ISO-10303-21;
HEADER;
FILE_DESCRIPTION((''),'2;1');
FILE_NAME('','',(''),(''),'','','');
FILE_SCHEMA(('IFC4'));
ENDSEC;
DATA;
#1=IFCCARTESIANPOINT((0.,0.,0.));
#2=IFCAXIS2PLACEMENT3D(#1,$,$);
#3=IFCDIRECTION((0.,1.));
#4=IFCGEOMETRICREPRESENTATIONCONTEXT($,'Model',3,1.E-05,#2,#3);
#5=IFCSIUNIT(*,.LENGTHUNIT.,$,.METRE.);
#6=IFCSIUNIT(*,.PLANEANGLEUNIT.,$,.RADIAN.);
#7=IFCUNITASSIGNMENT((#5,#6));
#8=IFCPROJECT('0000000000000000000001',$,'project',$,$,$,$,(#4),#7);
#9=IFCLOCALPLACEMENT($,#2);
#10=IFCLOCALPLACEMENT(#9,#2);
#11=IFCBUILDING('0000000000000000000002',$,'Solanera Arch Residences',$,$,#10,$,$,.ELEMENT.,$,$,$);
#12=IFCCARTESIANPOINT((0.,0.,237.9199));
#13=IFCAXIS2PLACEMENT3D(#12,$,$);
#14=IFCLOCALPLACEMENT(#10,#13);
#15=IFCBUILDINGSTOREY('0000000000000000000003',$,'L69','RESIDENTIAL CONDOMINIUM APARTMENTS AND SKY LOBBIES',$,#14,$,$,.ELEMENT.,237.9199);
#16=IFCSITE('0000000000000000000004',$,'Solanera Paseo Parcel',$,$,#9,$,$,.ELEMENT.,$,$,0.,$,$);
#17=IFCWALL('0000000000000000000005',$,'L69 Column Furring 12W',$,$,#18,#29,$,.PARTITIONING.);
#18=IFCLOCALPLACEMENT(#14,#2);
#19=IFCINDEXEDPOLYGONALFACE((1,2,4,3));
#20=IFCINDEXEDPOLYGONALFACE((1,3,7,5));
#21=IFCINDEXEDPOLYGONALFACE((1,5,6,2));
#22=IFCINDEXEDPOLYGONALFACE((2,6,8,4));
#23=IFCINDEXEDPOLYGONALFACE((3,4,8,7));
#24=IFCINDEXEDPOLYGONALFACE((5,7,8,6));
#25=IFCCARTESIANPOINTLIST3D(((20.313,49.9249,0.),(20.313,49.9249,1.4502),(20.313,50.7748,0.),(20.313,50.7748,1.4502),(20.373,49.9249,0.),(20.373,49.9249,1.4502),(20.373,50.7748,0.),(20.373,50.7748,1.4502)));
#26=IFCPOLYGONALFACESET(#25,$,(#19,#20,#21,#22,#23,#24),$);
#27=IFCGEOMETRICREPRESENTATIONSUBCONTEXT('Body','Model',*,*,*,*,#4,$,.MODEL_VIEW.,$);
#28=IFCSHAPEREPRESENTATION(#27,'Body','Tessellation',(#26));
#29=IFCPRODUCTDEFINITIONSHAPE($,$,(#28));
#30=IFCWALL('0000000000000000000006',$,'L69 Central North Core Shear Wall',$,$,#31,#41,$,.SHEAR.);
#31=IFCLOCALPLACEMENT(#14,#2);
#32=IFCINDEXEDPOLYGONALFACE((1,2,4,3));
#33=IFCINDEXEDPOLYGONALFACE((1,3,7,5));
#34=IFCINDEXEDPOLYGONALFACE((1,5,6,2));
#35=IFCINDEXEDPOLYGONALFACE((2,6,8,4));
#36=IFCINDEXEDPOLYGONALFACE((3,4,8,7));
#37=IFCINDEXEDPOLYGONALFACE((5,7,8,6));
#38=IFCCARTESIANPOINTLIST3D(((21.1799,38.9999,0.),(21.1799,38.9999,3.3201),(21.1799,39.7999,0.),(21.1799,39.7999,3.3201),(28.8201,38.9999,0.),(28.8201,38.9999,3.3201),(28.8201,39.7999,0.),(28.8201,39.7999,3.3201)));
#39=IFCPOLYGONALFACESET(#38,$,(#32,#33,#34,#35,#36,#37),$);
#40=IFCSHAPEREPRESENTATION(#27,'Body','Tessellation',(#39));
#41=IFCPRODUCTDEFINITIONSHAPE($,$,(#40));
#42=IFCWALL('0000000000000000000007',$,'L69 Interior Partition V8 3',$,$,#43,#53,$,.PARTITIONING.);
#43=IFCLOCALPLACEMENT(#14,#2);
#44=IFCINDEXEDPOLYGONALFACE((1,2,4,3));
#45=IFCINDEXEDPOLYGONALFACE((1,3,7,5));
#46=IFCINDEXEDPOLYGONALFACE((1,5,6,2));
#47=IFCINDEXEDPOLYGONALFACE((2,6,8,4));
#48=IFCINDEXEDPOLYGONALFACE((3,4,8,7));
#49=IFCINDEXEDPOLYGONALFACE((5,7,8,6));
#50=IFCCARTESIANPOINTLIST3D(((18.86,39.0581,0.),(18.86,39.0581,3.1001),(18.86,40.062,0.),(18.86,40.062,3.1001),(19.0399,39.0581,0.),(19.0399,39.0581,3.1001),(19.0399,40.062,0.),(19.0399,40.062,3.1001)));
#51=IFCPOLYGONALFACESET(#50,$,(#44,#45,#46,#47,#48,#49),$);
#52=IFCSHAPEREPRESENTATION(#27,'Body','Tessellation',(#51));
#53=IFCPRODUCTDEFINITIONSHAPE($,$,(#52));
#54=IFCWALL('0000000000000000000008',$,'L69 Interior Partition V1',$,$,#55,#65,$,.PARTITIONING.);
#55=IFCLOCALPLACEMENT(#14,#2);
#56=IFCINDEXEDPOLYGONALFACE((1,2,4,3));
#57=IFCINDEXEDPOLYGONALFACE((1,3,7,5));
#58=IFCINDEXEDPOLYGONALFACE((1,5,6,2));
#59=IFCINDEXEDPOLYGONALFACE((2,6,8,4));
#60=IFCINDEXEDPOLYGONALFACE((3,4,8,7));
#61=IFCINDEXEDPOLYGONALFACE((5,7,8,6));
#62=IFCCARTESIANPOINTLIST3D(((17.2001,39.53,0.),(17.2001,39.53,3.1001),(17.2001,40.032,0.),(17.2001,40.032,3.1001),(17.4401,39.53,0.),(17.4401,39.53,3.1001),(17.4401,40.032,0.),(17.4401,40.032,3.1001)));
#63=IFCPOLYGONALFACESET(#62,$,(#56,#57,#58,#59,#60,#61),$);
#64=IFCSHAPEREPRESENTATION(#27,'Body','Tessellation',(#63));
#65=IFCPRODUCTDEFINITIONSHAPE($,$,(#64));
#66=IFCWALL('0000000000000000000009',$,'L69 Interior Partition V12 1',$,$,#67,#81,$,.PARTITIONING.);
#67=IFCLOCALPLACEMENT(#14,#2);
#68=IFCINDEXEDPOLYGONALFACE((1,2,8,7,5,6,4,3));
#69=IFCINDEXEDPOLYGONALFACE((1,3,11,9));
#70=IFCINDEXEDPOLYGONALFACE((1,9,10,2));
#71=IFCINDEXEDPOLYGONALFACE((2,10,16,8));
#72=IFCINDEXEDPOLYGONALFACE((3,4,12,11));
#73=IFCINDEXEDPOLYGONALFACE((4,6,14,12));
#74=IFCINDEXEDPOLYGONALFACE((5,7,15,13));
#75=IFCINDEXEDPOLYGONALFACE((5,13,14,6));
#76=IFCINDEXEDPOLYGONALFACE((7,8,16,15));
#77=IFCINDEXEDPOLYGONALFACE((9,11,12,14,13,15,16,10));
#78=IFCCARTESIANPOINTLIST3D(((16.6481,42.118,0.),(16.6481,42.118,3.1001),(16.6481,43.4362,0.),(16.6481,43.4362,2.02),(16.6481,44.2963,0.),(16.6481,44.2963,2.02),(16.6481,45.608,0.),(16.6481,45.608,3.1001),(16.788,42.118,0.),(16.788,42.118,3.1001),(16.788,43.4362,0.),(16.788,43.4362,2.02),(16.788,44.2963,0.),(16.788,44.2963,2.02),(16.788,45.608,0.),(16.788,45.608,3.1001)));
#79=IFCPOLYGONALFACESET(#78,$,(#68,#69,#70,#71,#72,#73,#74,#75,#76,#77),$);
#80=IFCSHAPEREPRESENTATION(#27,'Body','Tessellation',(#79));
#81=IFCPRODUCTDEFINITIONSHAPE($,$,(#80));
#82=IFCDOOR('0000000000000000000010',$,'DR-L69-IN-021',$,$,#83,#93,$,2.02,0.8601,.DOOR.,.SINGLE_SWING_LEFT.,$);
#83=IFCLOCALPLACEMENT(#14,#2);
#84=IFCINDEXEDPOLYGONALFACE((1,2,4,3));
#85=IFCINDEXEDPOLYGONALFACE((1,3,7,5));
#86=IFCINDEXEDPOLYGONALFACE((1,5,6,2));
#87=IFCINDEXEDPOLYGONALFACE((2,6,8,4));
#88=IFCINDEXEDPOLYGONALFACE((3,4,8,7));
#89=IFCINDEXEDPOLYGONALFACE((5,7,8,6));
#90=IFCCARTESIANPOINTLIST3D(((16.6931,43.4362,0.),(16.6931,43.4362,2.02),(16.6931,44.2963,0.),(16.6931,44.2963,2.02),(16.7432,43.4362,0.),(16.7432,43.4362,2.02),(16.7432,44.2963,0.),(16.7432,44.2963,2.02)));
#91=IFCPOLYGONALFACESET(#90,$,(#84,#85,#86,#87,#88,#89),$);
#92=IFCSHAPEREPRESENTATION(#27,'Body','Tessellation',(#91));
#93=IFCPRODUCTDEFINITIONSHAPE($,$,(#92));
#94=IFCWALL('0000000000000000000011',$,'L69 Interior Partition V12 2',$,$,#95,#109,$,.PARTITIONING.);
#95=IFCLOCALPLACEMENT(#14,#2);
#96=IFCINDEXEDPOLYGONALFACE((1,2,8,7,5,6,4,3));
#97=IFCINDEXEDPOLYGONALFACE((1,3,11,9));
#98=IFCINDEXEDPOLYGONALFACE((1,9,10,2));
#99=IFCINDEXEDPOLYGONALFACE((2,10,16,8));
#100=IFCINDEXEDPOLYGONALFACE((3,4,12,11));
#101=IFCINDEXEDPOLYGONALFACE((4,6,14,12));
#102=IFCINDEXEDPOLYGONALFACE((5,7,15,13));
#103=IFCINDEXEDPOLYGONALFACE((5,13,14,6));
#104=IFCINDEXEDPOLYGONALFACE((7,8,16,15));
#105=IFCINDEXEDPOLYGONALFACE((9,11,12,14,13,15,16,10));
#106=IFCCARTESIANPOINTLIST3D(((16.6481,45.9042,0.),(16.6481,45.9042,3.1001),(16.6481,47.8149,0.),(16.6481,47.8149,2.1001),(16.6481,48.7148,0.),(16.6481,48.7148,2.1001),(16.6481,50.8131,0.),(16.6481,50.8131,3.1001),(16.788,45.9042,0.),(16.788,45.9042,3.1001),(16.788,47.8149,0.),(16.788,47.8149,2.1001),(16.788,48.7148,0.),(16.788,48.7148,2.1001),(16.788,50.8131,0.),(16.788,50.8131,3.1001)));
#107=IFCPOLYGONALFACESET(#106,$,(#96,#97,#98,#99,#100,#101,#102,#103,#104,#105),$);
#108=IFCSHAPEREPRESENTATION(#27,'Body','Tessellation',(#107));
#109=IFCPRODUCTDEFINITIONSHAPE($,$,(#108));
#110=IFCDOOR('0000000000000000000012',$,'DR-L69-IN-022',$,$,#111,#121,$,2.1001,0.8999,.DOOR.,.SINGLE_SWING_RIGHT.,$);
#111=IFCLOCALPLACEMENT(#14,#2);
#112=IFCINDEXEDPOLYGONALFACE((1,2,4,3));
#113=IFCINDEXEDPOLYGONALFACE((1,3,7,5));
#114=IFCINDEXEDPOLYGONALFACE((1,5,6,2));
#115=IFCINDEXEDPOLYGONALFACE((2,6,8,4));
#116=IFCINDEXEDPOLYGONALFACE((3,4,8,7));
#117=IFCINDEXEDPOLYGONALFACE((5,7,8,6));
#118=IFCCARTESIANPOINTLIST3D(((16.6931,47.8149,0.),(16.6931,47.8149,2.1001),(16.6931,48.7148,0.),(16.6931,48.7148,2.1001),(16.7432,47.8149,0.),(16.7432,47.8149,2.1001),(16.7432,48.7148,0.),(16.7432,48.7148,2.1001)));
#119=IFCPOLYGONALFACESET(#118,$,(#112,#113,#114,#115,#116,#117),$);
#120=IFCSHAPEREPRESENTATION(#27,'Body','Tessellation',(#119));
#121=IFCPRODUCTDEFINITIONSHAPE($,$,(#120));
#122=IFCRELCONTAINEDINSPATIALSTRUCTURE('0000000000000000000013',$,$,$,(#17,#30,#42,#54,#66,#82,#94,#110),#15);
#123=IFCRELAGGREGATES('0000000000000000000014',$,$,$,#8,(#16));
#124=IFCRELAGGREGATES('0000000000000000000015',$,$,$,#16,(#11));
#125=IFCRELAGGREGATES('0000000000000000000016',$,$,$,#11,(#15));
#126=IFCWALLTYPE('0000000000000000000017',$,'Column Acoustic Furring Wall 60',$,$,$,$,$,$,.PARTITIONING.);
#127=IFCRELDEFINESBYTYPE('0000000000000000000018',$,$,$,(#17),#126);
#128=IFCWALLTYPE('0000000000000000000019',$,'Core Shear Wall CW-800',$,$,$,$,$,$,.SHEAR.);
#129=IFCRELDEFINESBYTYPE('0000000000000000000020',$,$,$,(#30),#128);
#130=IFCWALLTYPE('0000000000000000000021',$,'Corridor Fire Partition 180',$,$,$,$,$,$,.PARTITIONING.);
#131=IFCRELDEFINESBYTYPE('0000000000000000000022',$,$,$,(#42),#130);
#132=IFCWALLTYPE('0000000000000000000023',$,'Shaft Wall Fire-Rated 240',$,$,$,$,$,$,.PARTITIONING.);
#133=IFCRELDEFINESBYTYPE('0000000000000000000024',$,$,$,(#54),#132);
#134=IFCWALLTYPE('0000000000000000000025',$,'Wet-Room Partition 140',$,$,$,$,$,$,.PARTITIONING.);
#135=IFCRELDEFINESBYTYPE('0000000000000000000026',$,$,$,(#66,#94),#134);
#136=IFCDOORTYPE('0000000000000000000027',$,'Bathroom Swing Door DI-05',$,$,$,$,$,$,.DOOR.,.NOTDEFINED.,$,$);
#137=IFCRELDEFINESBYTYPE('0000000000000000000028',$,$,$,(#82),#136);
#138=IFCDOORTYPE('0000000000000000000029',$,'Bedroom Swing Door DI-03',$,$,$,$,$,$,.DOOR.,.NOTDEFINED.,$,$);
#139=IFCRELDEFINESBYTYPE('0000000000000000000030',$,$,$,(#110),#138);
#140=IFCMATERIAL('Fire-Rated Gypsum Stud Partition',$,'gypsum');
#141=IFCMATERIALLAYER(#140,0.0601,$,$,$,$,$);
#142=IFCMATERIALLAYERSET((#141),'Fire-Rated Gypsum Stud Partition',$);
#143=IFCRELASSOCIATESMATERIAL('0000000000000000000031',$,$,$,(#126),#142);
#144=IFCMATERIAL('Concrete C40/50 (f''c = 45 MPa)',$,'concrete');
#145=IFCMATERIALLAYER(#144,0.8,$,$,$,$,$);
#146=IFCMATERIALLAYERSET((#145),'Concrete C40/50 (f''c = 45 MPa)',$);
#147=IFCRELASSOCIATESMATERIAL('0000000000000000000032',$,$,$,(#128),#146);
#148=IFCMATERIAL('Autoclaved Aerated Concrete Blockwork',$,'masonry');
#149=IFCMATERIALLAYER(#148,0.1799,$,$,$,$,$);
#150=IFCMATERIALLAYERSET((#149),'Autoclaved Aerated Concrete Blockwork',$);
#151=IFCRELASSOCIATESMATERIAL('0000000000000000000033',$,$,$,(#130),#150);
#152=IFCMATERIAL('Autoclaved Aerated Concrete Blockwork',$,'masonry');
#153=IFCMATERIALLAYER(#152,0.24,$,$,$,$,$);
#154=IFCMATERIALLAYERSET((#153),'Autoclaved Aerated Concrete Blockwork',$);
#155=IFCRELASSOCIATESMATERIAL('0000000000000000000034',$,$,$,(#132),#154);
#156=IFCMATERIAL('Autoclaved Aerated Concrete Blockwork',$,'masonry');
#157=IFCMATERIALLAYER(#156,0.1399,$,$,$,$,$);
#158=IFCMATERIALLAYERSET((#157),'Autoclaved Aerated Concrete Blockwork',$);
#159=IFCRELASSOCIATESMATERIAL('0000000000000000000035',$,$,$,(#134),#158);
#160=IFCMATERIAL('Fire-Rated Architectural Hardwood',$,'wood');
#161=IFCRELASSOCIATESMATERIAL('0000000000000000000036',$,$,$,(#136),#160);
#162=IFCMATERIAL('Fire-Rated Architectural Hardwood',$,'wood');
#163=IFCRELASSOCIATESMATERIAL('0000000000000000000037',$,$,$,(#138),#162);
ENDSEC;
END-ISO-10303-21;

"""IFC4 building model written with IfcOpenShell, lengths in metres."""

from ifc_helpers import new_model, si_unit, direction, frame, frame_2d, origin, place, context, subcontext, project, spatial, rectangle, extrude, material, layer, layer_set, type_object, element, fill, save


model = new_model("IFC4")

# Units and contexts
model_context = context("Model", 3, precision=1e-05, world=origin(), true_north=direction((0.0, 1.0)))
body_context = subcontext(model_context, "Body", "Model", "MODEL_VIEW")
ifc_project = project(units=[si_unit("LENGTHUNIT", "METRE"), si_unit("PLANEANGLEUNIT", "RADIAN")], contexts=[model_context])

# Site, building, storey
site_placement = place(None, origin())
site = spatial("IfcSite", under=ifc_project, at=site_placement, Name="Solanera Paseo Parcel", CompositionType="ELEMENT", RefElevation=0.0)
building_placement = place(site_placement, origin())
building = spatial("IfcBuilding", under=site, at=building_placement, Name="Solanera Arch Residences", CompositionType="ELEMENT")
storey_placement = place(building_placement, frame((0.0, 0.0, 237.9199)))
storey = spatial("IfcBuildingStorey", under=building, at=storey_placement, Name="L69", Description="RESIDENTIAL CONDOMINIUM APARTMENTS AND SKY LOBBIES", CompositionType="ELEMENT", Elevation=237.9199)

# Walls
ifc_material_1 = material(Name="Fire-Rated Gypsum Stud Partition", Category="gypsum")
ifc_layer_1 = layer(ifc_material_1, 0.0601)
ifc_layer_set_1 = layer_set([ifc_layer_1], Name="Fire-Rated Gypsum Stud Partition")
wall_type_1 = type_object("IfcWallType", Name="Column Acoustic Furring Wall 60", PredefinedType="PARTITIONING", material=ifc_layer_set_1)
wall_1_placement = place(storey_placement, frame((20.343, 49.925, 0.0), z_axis=(0.0, 0.0, 1.0), x_axis=(0.0, 1.0, 0.0)))
element("IfcWall", 1, at=wall_1_placement, inside=storey, type_object=wall_type_1, Name="L69 Column Furring 12W", PredefinedType="PARTITIONING", context=body_context, shape_type="SweptSolid", body=[
    extrude(rectangle(XDim=0.8499, YDim=0.0601, at=frame_2d((0.4248, 0.0))), origin(), (0.0, 0.0, 1.0), 1.4502),
])
ifc_material_2 = material(Name="Concrete C40/50 (f'c = 45 MPa)", Category="concrete")
ifc_layer_2 = layer(ifc_material_2, 0.8)
ifc_layer_set_2 = layer_set([ifc_layer_2], Name="Concrete C40/50 (f'c = 45 MPa)")
wall_type_2 = type_object("IfcWallType", Name="Core Shear Wall CW-800", PredefinedType="SHEAR", material=ifc_layer_set_2)
wall_2_placement = place(storey_placement, frame((21.1799, 39.3999, 0.0), z_axis=(0.0, 0.0, 1.0), x_axis=(1.0, 0.0, 0.0)))
element("IfcWall", 2, at=wall_2_placement, inside=storey, type_object=wall_type_2, Name="L69 Central North Core Shear Wall", PredefinedType="SHEAR", context=body_context, shape_type="SweptSolid", body=[
    extrude(rectangle(XDim=7.6401, YDim=0.8, at=frame_2d((3.8201, 0.0))), origin(), (0.0, 0.0, 1.0), 3.3201),
])
ifc_material_3 = material(Name="Autoclaved Aerated Concrete Blockwork", Category="masonry")
ifc_layer_3 = layer(ifc_material_3, 0.1799)
ifc_layer_set_3 = layer_set([ifc_layer_3], Name="Autoclaved Aerated Concrete Blockwork")
wall_type_3 = type_object("IfcWallType", Name="Corridor Fire Partition 180", PredefinedType="PARTITIONING", material=ifc_layer_set_3)
wall_3_placement = place(storey_placement, frame((18.95, 39.0581, 0.0), z_axis=(0.0, 0.0, 1.0), x_axis=(0.0, 1.0, 0.0)))
element("IfcWall", 3, at=wall_3_placement, inside=storey, type_object=wall_type_3, Name="L69 Interior Partition V8 3", PredefinedType="PARTITIONING", context=body_context, shape_type="SweptSolid", body=[
    extrude(rectangle(XDim=1.0039, YDim=0.1799, at=frame_2d((0.502, 0.0))), origin(), (0.0, 0.0, 1.0), 3.1001),
])
ifc_material_4 = material(Name="Autoclaved Aerated Concrete Blockwork", Category="masonry")
ifc_layer_4 = layer(ifc_material_4, 0.24)
ifc_layer_set_4 = layer_set([ifc_layer_4], Name="Autoclaved Aerated Concrete Blockwork")
wall_type_4 = type_object("IfcWallType", Name="Shaft Wall Fire-Rated 240", PredefinedType="PARTITIONING", material=ifc_layer_set_4)
wall_4_placement = place(storey_placement, frame((17.3201, 39.53, 0.0), z_axis=(0.0, 0.0, 1.0), x_axis=(0.0, 1.0, 0.0)))
element("IfcWall", 4, at=wall_4_placement, inside=storey, type_object=wall_type_4, Name="L69 Interior Partition V1", PredefinedType="PARTITIONING", context=body_context, shape_type="SweptSolid", body=[
    extrude(rectangle(XDim=0.502, YDim=0.24, at=frame_2d((0.251, 0.0))), origin(), (0.0, 0.0, 1.0), 3.1001),
])

# Walls, openings, doors
ifc_material_5 = material(Name="Autoclaved Aerated Concrete Blockwork", Category="masonry")
ifc_layer_5 = layer(ifc_material_5, 0.1399)
ifc_layer_set_5 = layer_set([ifc_layer_5], Name="Autoclaved Aerated Concrete Blockwork")
wall_type_5 = type_object("IfcWallType", Name="Wet-Room Partition 140", PredefinedType="PARTITIONING", material=ifc_layer_set_5)
wall_5_placement = place(storey_placement, frame((16.718, 42.1179, 0.0), z_axis=(0.0, 0.0, 1.0), x_axis=(0.0, 1.0, 0.0)))
wall_5 = element("IfcWall", 5, at=wall_5_placement, inside=storey, type_object=wall_type_5, Name="L69 Interior Partition V12 1", PredefinedType="PARTITIONING", context=body_context, shape_type="SweptSolid", body=[
    extrude(rectangle(XDim=3.49, YDim=0.1399, at=frame_2d((1.7451, 0.0))), origin(), (0.0, 0.0, 1.0), 3.1001),
])
opening_1_placement = place(wall_5_placement, frame((1.3181, 0.0, 0.0)))
opening_1 = element("IfcOpeningElement", 6, at=opening_1_placement, cuts=wall_5, PredefinedType="OPENING", context=body_context, shape_type="SweptSolid", body=[
    extrude(rectangle(XDim=0.8601, YDim=2.02, at=frame_2d((0.4302, 1.01))), frame((0.0, 0.0798, 0.0), z_axis=(0.0, -1.0, 0.0), x_axis=(1.0, 0.0, 0.0)), (0.0, 0.0, 1.0), 0.1599),
])
ifc_material_6 = material(Name="Fire-Rated Architectural Hardwood", Category="wood")
door_type_1 = type_object("IfcDoorType", Name="Bathroom Swing Door DI-05", OperationType="NOTDEFINED", PredefinedType="DOOR", material=ifc_material_6)
door_1_placement = place(opening_1_placement, origin())
door_1 = element("IfcDoor", 7, at=door_1_placement, inside=storey, type_object=door_type_1, Name="DR-L69-IN-021", OperationType="SINGLE_SWING_LEFT", OverallHeight=2.02, OverallWidth=0.8601, PredefinedType="DOOR", context=body_context, shape_type="SweptSolid", body=[
    extrude(rectangle(XDim=0.8601, YDim=2.02, at=frame_2d((0.4302, 1.01))), frame((0.0, 0.0249, 0.0), z_axis=(0.0, -1.0, 0.0), x_axis=(1.0, 0.0, 0.0)), (0.0, 0.0, 1.0), 0.05),
])
fill(opening_1, door_1)
wall_6_placement = place(storey_placement, frame((16.718, 45.9041, 0.0), z_axis=(0.0, 0.0, 1.0), x_axis=(0.0, 1.0, 0.0)))
wall_6 = element("IfcWall", 8, at=wall_6_placement, inside=storey, type_object=wall_type_5, Name="L69 Interior Partition V12 2", PredefinedType="PARTITIONING", context=body_context, shape_type="SweptSolid", body=[
    extrude(rectangle(XDim=4.9089, YDim=0.1399, at=frame_2d((2.4546, 0.0))), origin(), (0.0, 0.0, 1.0), 3.1001),
])
opening_2_placement = place(wall_6_placement, frame((1.9109, 0.0, 0.0)))
opening_2 = element("IfcOpeningElement", 9, at=opening_2_placement, cuts=wall_6, PredefinedType="OPENING", context=body_context, shape_type="SweptSolid", body=[
    extrude(rectangle(XDim=0.8999, YDim=2.1001, at=frame_2d((0.45, 1.05))), frame((0.0, 0.0798, 0.0), z_axis=(0.0, -1.0, 0.0), x_axis=(1.0, 0.0, 0.0)), (0.0, 0.0, 1.0), 0.1599),
])
ifc_material_7 = material(Name="Fire-Rated Architectural Hardwood", Category="wood")
door_type_2 = type_object("IfcDoorType", Name="Bedroom Swing Door DI-03", OperationType="NOTDEFINED", PredefinedType="DOOR", material=ifc_material_7)
door_2_placement = place(opening_2_placement, origin())
door_2 = element("IfcDoor", 10, at=door_2_placement, inside=storey, type_object=door_type_2, Name="DR-L69-IN-022", OperationType="SINGLE_SWING_RIGHT", OverallHeight=2.1001, OverallWidth=0.8999, PredefinedType="DOOR", context=body_context, shape_type="SweptSolid", body=[
    extrude(rectangle(XDim=0.8999, YDim=2.1001, at=frame_2d((0.45, 1.05))), frame((0.0, 0.0249, 0.0), z_axis=(0.0, -1.0, 0.0), x_axis=(1.0, 0.0, 0.0)), (0.0, 0.0, 1.0), 0.05),
])
fill(opening_2, door_2)

save(model, "model.ifc")
